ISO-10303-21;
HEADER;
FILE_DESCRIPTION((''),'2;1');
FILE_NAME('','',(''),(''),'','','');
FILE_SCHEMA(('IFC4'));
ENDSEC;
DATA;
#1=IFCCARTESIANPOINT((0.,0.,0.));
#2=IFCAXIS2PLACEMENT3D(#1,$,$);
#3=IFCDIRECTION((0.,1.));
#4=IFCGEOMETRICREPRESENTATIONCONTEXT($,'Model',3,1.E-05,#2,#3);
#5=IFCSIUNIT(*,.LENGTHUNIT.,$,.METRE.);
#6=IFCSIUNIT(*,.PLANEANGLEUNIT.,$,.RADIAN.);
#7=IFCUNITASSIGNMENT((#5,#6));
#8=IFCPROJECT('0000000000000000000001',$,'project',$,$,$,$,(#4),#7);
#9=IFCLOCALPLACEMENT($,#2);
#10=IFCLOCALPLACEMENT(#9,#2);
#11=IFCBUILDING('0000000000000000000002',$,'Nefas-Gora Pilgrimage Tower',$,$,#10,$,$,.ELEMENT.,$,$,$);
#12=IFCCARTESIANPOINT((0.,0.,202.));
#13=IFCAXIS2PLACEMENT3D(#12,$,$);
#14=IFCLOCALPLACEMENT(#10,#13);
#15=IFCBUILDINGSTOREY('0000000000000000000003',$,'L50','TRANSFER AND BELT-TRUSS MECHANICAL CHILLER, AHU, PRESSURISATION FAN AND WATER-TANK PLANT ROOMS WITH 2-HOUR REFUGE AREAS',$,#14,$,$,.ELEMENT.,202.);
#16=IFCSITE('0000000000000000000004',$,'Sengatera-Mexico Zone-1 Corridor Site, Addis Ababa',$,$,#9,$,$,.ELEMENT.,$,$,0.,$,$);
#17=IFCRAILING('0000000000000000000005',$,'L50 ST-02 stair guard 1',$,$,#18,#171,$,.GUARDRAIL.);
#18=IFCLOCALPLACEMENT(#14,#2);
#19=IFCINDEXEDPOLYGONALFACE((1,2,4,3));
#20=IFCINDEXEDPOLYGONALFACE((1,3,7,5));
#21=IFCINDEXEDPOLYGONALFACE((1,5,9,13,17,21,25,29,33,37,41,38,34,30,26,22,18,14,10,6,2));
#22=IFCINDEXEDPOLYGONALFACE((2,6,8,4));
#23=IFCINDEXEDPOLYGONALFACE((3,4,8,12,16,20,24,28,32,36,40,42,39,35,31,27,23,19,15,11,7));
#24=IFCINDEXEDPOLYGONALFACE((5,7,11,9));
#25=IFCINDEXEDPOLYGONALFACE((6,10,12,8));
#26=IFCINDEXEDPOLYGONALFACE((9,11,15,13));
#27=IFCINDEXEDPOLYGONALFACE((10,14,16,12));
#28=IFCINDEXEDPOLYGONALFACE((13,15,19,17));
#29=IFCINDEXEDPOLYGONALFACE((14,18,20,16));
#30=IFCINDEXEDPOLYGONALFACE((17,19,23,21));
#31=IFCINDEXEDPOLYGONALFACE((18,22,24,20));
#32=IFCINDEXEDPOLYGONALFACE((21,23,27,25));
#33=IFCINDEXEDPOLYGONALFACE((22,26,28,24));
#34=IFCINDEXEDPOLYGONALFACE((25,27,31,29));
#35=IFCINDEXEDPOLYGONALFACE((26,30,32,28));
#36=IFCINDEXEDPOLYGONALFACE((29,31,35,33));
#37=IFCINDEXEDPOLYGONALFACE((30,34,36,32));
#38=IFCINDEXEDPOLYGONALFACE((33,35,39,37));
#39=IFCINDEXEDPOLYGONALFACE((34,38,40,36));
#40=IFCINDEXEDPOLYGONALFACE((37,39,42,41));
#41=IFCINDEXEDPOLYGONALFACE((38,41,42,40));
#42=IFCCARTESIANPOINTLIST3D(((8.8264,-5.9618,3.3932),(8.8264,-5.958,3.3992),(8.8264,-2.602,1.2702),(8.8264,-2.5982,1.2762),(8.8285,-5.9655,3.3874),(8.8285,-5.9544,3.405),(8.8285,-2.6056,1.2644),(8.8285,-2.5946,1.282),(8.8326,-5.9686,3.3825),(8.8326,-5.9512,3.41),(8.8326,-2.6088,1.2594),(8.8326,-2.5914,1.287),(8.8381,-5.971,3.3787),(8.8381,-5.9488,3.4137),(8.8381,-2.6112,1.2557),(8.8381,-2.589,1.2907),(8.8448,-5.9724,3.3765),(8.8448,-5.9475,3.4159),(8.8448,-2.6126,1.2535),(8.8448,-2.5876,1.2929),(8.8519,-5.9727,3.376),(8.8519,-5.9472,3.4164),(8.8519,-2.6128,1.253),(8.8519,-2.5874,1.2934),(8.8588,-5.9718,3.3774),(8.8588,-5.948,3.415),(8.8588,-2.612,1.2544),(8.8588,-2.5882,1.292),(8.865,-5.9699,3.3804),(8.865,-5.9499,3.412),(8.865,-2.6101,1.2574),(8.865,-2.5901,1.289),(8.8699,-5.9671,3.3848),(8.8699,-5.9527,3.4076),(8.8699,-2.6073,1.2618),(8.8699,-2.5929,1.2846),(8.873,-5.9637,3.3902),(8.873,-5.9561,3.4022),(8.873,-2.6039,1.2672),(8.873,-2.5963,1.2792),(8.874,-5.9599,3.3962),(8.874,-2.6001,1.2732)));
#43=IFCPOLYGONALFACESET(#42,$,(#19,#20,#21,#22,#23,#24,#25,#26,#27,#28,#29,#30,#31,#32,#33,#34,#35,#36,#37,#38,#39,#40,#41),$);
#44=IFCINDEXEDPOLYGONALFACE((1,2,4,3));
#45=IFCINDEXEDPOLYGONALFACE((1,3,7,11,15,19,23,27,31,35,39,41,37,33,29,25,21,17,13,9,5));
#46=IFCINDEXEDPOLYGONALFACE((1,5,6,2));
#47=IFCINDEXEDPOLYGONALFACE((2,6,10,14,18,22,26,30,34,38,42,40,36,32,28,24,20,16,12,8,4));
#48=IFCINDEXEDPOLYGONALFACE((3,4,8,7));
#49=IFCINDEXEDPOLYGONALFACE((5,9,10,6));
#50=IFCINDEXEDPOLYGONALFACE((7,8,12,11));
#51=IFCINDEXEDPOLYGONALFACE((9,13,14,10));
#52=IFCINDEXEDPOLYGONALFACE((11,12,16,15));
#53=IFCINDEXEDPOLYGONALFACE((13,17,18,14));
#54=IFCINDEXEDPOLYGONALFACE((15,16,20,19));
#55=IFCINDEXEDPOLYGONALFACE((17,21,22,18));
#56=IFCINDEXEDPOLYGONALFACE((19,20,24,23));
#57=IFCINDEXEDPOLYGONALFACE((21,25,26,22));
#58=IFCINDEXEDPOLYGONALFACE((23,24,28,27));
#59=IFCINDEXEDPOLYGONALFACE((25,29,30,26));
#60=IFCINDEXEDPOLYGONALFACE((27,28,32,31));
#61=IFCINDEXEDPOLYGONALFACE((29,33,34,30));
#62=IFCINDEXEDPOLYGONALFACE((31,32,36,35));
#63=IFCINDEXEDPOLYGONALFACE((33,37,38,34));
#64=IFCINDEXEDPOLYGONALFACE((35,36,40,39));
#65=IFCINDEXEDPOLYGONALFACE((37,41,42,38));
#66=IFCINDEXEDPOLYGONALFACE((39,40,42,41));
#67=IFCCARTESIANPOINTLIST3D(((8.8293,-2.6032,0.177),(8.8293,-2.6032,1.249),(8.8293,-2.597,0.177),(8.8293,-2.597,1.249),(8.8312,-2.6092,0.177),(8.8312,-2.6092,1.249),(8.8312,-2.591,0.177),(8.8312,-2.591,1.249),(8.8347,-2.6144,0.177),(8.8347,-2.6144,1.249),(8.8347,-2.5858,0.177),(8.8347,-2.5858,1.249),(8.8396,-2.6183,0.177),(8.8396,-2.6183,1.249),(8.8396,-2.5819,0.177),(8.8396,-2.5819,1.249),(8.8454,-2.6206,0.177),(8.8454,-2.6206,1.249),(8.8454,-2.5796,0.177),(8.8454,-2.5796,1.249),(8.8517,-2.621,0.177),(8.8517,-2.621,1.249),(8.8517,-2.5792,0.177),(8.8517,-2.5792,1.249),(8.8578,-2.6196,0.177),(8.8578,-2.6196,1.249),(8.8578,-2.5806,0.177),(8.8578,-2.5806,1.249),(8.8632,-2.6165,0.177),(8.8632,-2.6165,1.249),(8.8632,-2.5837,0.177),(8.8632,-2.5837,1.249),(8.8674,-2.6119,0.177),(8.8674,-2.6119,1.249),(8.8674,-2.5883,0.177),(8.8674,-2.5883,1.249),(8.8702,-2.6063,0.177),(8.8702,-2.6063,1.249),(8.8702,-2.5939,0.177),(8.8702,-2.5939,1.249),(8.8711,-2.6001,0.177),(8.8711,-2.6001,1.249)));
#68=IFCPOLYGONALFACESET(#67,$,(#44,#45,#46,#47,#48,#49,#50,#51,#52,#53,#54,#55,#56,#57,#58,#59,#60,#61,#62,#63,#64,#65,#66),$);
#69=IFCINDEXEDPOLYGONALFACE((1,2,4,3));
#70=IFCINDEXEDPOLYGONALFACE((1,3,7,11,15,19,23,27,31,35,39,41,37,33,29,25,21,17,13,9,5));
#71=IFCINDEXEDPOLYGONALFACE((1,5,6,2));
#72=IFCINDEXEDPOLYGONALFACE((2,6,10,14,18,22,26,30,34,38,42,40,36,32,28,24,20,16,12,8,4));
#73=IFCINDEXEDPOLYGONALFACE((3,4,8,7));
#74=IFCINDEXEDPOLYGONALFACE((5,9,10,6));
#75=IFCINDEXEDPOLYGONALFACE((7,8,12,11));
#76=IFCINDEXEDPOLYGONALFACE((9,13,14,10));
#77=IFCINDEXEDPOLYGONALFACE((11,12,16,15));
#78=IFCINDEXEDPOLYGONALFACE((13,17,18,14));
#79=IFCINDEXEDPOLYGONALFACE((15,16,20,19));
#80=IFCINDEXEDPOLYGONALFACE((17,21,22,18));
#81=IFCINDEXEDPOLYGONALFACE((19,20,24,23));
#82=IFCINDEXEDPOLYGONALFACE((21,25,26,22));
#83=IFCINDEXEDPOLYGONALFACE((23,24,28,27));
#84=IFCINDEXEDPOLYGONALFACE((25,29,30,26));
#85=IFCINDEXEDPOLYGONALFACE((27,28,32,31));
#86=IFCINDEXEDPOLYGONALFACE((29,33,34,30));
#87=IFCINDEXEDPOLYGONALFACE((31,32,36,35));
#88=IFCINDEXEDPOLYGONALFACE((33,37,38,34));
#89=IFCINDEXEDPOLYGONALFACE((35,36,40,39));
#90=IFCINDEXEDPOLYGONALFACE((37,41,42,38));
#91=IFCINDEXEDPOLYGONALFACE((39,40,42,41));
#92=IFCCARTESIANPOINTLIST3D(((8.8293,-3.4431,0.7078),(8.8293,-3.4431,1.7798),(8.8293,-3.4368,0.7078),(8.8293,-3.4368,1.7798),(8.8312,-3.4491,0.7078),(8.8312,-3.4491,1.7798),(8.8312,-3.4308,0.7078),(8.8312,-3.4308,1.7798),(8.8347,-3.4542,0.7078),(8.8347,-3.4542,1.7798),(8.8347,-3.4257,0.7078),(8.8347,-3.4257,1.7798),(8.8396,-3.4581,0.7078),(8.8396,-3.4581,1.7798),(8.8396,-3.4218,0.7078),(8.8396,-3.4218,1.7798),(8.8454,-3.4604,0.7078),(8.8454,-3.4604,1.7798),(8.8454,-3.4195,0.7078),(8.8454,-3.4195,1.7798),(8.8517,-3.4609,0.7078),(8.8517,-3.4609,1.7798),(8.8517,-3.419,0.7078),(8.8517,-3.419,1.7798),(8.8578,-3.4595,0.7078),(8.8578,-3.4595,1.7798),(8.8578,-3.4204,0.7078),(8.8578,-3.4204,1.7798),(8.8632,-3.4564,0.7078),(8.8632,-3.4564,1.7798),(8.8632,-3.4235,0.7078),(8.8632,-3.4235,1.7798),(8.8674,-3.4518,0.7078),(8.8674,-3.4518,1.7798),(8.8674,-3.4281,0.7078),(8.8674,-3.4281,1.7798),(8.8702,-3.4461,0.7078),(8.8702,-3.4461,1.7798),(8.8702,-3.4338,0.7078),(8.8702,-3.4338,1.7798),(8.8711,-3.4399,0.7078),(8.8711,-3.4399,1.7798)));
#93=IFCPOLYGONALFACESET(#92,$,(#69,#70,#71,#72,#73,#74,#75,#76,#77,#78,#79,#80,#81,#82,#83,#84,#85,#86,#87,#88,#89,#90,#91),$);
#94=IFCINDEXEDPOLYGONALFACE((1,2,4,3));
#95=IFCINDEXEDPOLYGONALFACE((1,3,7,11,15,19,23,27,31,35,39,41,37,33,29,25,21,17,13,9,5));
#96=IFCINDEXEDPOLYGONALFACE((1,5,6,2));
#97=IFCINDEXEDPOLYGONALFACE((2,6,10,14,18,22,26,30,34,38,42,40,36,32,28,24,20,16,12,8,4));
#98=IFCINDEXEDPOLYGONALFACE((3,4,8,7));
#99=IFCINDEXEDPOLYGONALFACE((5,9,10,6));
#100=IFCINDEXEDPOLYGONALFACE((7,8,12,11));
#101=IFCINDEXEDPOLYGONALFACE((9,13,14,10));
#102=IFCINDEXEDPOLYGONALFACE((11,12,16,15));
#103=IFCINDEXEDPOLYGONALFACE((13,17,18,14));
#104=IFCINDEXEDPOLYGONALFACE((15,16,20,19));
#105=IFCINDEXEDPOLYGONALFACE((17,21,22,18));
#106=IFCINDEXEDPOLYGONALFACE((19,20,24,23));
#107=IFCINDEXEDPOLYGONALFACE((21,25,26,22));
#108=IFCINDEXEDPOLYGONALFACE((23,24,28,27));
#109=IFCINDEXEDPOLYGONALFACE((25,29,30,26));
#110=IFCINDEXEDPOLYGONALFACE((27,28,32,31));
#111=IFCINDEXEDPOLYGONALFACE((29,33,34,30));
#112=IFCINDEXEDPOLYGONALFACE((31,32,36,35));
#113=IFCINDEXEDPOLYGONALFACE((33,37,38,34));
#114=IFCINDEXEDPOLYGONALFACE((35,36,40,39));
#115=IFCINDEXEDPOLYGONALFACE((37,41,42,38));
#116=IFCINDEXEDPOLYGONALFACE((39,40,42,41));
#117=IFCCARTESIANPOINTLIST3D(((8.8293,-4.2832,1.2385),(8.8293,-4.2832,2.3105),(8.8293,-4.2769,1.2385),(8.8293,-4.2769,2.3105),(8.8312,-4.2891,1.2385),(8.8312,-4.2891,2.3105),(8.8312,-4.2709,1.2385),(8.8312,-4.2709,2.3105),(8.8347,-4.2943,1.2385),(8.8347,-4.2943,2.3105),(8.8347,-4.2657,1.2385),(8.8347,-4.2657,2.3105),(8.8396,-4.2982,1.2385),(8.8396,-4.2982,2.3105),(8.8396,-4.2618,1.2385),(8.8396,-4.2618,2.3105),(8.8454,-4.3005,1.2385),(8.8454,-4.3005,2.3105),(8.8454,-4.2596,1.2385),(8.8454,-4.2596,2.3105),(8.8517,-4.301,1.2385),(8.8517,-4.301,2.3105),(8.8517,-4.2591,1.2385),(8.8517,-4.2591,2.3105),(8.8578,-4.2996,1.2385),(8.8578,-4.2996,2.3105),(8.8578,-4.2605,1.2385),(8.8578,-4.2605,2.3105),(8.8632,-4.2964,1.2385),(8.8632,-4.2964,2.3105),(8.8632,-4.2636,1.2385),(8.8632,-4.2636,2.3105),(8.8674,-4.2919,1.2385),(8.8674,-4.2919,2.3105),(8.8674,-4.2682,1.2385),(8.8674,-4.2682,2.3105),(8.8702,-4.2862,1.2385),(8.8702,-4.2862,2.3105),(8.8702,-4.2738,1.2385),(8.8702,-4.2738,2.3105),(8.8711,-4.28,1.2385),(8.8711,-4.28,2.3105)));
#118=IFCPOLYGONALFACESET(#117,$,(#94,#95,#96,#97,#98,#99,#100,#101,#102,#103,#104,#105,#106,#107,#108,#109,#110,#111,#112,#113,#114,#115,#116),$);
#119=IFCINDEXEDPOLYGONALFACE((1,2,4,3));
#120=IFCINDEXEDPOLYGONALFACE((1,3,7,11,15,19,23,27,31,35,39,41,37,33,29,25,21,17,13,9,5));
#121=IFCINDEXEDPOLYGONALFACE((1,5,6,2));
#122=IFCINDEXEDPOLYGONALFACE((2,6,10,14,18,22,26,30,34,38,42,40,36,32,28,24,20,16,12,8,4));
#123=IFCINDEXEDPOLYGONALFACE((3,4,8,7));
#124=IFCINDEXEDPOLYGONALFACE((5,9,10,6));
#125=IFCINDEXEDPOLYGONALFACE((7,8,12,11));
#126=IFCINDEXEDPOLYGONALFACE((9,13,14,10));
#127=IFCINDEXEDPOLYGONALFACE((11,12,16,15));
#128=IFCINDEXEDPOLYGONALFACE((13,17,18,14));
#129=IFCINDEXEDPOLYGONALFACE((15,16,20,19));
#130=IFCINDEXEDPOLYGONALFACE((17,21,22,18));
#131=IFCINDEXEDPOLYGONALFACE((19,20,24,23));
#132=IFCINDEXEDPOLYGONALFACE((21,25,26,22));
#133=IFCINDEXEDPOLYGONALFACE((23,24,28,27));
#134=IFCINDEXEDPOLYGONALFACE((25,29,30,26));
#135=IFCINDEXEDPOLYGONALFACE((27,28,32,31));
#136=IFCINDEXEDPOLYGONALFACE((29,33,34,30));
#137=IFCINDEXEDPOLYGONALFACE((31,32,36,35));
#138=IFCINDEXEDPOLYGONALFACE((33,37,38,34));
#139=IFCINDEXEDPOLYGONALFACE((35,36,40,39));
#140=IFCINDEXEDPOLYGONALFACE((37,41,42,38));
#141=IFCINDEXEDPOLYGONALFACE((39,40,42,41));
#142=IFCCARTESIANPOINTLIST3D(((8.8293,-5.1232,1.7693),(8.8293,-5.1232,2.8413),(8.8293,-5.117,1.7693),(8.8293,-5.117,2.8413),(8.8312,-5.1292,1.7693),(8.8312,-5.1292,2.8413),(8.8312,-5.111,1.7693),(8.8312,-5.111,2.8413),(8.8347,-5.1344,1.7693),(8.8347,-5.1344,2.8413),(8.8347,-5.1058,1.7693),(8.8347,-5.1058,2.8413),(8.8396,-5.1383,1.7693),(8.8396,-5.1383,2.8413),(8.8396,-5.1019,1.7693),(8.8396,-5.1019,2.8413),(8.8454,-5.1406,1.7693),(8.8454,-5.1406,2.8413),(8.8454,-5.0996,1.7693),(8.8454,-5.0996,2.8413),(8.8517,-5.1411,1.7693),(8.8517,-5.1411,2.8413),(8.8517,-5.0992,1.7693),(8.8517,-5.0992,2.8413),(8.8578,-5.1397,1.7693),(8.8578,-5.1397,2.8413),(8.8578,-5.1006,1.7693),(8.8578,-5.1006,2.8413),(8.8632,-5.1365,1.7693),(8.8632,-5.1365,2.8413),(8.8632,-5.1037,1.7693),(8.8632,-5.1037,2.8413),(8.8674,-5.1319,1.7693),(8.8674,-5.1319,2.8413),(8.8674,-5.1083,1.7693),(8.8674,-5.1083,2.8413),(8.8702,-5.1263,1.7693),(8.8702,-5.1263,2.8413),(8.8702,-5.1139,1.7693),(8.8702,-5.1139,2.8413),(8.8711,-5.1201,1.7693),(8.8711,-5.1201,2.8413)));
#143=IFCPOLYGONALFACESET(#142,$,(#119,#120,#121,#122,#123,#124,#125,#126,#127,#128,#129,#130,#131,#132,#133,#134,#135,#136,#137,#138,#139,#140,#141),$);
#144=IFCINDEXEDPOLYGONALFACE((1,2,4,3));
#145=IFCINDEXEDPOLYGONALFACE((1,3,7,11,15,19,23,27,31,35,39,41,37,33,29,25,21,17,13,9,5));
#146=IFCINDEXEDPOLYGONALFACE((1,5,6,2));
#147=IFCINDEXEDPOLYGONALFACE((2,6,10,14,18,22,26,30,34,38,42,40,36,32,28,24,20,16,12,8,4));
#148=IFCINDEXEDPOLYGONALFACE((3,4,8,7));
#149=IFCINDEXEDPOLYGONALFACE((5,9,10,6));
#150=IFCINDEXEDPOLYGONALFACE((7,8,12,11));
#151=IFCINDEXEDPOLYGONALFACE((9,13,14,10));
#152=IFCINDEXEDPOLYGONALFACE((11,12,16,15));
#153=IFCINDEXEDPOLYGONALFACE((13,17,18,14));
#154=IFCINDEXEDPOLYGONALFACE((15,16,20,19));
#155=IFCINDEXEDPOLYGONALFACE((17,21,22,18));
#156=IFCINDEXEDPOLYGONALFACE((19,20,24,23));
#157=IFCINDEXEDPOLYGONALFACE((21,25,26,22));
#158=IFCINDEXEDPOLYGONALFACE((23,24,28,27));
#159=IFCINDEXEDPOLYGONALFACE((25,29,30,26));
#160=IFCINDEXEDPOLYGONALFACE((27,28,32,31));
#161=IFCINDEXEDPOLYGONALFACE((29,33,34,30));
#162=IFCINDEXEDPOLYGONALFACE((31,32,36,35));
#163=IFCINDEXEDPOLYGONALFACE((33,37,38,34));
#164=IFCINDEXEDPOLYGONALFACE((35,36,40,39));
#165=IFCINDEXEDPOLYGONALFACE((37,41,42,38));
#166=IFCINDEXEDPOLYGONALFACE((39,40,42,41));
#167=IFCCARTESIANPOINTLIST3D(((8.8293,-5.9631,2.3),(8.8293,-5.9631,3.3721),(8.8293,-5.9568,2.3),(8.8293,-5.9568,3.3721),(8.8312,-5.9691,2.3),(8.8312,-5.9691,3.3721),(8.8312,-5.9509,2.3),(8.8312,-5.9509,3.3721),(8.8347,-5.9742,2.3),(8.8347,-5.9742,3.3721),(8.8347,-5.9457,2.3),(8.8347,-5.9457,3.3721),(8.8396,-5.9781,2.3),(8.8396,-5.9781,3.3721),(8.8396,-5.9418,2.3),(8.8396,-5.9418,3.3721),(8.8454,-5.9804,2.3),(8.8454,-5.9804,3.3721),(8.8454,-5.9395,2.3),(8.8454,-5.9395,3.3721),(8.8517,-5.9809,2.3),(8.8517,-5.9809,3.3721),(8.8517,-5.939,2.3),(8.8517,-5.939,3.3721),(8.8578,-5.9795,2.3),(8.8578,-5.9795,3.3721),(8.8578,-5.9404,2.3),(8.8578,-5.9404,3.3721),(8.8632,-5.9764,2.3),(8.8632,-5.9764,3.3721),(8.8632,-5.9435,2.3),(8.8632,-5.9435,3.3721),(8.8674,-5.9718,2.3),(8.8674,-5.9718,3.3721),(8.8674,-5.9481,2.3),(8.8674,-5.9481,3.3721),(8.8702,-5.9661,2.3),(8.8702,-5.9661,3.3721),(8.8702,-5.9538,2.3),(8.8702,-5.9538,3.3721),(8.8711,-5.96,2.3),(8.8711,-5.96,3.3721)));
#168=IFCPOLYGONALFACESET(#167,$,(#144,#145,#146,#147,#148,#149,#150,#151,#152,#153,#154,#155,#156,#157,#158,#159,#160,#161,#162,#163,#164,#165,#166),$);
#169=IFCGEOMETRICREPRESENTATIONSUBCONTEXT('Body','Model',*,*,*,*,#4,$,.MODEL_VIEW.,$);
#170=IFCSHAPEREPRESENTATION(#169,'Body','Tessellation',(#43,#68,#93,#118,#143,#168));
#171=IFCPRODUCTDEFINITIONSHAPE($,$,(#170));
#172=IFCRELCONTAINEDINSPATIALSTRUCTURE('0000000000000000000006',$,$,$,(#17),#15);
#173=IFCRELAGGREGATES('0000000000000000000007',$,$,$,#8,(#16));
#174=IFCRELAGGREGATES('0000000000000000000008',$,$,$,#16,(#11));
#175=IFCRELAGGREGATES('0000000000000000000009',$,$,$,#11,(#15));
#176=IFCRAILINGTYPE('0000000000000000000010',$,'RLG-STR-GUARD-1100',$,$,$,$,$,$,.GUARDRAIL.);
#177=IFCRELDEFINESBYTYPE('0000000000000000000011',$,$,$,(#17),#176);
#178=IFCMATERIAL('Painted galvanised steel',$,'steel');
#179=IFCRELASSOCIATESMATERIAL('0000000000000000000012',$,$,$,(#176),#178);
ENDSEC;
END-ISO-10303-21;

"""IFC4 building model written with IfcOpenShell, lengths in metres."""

from ifc_helpers import new_model, si_unit, direction, frame, origin, origin_2d, place, context, subcontext, project, spatial, circle, extrude, material, type_object, element, save


model = new_model("IFC4")

# Units and contexts
model_context = context("Model", 3, precision=1e-05, world=origin(), true_north=direction((0.0, 1.0)))
body_context = subcontext(model_context, "Body", "Model", "MODEL_VIEW")
ifc_project = project(units=[si_unit("LENGTHUNIT", "METRE"), si_unit("PLANEANGLEUNIT", "RADIAN")], contexts=[model_context])

# Site, building, storey
site_placement = place(None, origin())
site = spatial("IfcSite", under=ifc_project, at=site_placement, Name="Sengatera-Mexico Zone-1 Corridor Site, Addis Ababa", CompositionType="ELEMENT", RefElevation=0.0)
building_placement = place(site_placement, origin())
building = spatial("IfcBuilding", under=site, at=building_placement, Name="Nefas-Gora Pilgrimage Tower", CompositionType="ELEMENT")
storey_placement = place(building_placement, frame((0.0, 0.0, 202.0)))
storey = spatial("IfcBuildingStorey", under=building, at=storey_placement, Name="L50", Description="TRANSFER AND BELT-TRUSS MECHANICAL CHILLER, AHU, PRESSURISATION FAN AND WATER-TANK PLANT ROOMS WITH 2-HOUR REFUGE AREAS", CompositionType="ELEMENT", Elevation=202.0)

# Railing
ifc_material_1 = material(Name="Painted galvanised steel", Category="steel")
railing_type_1 = type_object("IfcRailingType", Name="RLG-STR-GUARD-1100", PredefinedType="GUARDRAIL", material=ifc_material_1)
railing_1_placement = place(storey_placement, frame((8.8501, -2.6001, 0.177)))
element("IfcRailing", 1, at=railing_1_placement, inside=storey, type_object=railing_type_1, Name="L50 ST-02 stair guard 1", PredefinedType="GUARDRAIL", context=body_context, shape_type="SweptSolid", body=[
    extrude(circle(Radius=0.0239, at=origin_2d()), frame((0.0, 0.0, 1.0962), z_axis=(0.0, -0.845372, 0.534178), x_axis=(1.0, 0.0, 0.0)), (0.0, 0.0, 1.0), 3.9744),
    extrude(circle(Radius=0.021, at=origin_2d()), origin(), (0.0, 0.0, 1.0), 1.072),
    extrude(circle(Radius=0.021, at=origin_2d()), frame((0.0, -0.8398, 0.5308)), (0.0, 0.0, 1.0), 1.072),
    extrude(circle(Radius=0.021, at=origin_2d()), frame((0.0, -1.6799, 1.0615)), (0.0, 0.0, 1.0), 1.072),
    extrude(circle(Radius=0.021, at=origin_2d()), frame((0.0, -2.52, 1.5923)), (0.0, 0.0, 1.0), 1.072),
    extrude(circle(Radius=0.021, at=origin_2d()), frame((0.0, -3.3599, 2.123)), (0.0, 0.0, 1.0), 1.072),
])

save(model, "model.ifc")
